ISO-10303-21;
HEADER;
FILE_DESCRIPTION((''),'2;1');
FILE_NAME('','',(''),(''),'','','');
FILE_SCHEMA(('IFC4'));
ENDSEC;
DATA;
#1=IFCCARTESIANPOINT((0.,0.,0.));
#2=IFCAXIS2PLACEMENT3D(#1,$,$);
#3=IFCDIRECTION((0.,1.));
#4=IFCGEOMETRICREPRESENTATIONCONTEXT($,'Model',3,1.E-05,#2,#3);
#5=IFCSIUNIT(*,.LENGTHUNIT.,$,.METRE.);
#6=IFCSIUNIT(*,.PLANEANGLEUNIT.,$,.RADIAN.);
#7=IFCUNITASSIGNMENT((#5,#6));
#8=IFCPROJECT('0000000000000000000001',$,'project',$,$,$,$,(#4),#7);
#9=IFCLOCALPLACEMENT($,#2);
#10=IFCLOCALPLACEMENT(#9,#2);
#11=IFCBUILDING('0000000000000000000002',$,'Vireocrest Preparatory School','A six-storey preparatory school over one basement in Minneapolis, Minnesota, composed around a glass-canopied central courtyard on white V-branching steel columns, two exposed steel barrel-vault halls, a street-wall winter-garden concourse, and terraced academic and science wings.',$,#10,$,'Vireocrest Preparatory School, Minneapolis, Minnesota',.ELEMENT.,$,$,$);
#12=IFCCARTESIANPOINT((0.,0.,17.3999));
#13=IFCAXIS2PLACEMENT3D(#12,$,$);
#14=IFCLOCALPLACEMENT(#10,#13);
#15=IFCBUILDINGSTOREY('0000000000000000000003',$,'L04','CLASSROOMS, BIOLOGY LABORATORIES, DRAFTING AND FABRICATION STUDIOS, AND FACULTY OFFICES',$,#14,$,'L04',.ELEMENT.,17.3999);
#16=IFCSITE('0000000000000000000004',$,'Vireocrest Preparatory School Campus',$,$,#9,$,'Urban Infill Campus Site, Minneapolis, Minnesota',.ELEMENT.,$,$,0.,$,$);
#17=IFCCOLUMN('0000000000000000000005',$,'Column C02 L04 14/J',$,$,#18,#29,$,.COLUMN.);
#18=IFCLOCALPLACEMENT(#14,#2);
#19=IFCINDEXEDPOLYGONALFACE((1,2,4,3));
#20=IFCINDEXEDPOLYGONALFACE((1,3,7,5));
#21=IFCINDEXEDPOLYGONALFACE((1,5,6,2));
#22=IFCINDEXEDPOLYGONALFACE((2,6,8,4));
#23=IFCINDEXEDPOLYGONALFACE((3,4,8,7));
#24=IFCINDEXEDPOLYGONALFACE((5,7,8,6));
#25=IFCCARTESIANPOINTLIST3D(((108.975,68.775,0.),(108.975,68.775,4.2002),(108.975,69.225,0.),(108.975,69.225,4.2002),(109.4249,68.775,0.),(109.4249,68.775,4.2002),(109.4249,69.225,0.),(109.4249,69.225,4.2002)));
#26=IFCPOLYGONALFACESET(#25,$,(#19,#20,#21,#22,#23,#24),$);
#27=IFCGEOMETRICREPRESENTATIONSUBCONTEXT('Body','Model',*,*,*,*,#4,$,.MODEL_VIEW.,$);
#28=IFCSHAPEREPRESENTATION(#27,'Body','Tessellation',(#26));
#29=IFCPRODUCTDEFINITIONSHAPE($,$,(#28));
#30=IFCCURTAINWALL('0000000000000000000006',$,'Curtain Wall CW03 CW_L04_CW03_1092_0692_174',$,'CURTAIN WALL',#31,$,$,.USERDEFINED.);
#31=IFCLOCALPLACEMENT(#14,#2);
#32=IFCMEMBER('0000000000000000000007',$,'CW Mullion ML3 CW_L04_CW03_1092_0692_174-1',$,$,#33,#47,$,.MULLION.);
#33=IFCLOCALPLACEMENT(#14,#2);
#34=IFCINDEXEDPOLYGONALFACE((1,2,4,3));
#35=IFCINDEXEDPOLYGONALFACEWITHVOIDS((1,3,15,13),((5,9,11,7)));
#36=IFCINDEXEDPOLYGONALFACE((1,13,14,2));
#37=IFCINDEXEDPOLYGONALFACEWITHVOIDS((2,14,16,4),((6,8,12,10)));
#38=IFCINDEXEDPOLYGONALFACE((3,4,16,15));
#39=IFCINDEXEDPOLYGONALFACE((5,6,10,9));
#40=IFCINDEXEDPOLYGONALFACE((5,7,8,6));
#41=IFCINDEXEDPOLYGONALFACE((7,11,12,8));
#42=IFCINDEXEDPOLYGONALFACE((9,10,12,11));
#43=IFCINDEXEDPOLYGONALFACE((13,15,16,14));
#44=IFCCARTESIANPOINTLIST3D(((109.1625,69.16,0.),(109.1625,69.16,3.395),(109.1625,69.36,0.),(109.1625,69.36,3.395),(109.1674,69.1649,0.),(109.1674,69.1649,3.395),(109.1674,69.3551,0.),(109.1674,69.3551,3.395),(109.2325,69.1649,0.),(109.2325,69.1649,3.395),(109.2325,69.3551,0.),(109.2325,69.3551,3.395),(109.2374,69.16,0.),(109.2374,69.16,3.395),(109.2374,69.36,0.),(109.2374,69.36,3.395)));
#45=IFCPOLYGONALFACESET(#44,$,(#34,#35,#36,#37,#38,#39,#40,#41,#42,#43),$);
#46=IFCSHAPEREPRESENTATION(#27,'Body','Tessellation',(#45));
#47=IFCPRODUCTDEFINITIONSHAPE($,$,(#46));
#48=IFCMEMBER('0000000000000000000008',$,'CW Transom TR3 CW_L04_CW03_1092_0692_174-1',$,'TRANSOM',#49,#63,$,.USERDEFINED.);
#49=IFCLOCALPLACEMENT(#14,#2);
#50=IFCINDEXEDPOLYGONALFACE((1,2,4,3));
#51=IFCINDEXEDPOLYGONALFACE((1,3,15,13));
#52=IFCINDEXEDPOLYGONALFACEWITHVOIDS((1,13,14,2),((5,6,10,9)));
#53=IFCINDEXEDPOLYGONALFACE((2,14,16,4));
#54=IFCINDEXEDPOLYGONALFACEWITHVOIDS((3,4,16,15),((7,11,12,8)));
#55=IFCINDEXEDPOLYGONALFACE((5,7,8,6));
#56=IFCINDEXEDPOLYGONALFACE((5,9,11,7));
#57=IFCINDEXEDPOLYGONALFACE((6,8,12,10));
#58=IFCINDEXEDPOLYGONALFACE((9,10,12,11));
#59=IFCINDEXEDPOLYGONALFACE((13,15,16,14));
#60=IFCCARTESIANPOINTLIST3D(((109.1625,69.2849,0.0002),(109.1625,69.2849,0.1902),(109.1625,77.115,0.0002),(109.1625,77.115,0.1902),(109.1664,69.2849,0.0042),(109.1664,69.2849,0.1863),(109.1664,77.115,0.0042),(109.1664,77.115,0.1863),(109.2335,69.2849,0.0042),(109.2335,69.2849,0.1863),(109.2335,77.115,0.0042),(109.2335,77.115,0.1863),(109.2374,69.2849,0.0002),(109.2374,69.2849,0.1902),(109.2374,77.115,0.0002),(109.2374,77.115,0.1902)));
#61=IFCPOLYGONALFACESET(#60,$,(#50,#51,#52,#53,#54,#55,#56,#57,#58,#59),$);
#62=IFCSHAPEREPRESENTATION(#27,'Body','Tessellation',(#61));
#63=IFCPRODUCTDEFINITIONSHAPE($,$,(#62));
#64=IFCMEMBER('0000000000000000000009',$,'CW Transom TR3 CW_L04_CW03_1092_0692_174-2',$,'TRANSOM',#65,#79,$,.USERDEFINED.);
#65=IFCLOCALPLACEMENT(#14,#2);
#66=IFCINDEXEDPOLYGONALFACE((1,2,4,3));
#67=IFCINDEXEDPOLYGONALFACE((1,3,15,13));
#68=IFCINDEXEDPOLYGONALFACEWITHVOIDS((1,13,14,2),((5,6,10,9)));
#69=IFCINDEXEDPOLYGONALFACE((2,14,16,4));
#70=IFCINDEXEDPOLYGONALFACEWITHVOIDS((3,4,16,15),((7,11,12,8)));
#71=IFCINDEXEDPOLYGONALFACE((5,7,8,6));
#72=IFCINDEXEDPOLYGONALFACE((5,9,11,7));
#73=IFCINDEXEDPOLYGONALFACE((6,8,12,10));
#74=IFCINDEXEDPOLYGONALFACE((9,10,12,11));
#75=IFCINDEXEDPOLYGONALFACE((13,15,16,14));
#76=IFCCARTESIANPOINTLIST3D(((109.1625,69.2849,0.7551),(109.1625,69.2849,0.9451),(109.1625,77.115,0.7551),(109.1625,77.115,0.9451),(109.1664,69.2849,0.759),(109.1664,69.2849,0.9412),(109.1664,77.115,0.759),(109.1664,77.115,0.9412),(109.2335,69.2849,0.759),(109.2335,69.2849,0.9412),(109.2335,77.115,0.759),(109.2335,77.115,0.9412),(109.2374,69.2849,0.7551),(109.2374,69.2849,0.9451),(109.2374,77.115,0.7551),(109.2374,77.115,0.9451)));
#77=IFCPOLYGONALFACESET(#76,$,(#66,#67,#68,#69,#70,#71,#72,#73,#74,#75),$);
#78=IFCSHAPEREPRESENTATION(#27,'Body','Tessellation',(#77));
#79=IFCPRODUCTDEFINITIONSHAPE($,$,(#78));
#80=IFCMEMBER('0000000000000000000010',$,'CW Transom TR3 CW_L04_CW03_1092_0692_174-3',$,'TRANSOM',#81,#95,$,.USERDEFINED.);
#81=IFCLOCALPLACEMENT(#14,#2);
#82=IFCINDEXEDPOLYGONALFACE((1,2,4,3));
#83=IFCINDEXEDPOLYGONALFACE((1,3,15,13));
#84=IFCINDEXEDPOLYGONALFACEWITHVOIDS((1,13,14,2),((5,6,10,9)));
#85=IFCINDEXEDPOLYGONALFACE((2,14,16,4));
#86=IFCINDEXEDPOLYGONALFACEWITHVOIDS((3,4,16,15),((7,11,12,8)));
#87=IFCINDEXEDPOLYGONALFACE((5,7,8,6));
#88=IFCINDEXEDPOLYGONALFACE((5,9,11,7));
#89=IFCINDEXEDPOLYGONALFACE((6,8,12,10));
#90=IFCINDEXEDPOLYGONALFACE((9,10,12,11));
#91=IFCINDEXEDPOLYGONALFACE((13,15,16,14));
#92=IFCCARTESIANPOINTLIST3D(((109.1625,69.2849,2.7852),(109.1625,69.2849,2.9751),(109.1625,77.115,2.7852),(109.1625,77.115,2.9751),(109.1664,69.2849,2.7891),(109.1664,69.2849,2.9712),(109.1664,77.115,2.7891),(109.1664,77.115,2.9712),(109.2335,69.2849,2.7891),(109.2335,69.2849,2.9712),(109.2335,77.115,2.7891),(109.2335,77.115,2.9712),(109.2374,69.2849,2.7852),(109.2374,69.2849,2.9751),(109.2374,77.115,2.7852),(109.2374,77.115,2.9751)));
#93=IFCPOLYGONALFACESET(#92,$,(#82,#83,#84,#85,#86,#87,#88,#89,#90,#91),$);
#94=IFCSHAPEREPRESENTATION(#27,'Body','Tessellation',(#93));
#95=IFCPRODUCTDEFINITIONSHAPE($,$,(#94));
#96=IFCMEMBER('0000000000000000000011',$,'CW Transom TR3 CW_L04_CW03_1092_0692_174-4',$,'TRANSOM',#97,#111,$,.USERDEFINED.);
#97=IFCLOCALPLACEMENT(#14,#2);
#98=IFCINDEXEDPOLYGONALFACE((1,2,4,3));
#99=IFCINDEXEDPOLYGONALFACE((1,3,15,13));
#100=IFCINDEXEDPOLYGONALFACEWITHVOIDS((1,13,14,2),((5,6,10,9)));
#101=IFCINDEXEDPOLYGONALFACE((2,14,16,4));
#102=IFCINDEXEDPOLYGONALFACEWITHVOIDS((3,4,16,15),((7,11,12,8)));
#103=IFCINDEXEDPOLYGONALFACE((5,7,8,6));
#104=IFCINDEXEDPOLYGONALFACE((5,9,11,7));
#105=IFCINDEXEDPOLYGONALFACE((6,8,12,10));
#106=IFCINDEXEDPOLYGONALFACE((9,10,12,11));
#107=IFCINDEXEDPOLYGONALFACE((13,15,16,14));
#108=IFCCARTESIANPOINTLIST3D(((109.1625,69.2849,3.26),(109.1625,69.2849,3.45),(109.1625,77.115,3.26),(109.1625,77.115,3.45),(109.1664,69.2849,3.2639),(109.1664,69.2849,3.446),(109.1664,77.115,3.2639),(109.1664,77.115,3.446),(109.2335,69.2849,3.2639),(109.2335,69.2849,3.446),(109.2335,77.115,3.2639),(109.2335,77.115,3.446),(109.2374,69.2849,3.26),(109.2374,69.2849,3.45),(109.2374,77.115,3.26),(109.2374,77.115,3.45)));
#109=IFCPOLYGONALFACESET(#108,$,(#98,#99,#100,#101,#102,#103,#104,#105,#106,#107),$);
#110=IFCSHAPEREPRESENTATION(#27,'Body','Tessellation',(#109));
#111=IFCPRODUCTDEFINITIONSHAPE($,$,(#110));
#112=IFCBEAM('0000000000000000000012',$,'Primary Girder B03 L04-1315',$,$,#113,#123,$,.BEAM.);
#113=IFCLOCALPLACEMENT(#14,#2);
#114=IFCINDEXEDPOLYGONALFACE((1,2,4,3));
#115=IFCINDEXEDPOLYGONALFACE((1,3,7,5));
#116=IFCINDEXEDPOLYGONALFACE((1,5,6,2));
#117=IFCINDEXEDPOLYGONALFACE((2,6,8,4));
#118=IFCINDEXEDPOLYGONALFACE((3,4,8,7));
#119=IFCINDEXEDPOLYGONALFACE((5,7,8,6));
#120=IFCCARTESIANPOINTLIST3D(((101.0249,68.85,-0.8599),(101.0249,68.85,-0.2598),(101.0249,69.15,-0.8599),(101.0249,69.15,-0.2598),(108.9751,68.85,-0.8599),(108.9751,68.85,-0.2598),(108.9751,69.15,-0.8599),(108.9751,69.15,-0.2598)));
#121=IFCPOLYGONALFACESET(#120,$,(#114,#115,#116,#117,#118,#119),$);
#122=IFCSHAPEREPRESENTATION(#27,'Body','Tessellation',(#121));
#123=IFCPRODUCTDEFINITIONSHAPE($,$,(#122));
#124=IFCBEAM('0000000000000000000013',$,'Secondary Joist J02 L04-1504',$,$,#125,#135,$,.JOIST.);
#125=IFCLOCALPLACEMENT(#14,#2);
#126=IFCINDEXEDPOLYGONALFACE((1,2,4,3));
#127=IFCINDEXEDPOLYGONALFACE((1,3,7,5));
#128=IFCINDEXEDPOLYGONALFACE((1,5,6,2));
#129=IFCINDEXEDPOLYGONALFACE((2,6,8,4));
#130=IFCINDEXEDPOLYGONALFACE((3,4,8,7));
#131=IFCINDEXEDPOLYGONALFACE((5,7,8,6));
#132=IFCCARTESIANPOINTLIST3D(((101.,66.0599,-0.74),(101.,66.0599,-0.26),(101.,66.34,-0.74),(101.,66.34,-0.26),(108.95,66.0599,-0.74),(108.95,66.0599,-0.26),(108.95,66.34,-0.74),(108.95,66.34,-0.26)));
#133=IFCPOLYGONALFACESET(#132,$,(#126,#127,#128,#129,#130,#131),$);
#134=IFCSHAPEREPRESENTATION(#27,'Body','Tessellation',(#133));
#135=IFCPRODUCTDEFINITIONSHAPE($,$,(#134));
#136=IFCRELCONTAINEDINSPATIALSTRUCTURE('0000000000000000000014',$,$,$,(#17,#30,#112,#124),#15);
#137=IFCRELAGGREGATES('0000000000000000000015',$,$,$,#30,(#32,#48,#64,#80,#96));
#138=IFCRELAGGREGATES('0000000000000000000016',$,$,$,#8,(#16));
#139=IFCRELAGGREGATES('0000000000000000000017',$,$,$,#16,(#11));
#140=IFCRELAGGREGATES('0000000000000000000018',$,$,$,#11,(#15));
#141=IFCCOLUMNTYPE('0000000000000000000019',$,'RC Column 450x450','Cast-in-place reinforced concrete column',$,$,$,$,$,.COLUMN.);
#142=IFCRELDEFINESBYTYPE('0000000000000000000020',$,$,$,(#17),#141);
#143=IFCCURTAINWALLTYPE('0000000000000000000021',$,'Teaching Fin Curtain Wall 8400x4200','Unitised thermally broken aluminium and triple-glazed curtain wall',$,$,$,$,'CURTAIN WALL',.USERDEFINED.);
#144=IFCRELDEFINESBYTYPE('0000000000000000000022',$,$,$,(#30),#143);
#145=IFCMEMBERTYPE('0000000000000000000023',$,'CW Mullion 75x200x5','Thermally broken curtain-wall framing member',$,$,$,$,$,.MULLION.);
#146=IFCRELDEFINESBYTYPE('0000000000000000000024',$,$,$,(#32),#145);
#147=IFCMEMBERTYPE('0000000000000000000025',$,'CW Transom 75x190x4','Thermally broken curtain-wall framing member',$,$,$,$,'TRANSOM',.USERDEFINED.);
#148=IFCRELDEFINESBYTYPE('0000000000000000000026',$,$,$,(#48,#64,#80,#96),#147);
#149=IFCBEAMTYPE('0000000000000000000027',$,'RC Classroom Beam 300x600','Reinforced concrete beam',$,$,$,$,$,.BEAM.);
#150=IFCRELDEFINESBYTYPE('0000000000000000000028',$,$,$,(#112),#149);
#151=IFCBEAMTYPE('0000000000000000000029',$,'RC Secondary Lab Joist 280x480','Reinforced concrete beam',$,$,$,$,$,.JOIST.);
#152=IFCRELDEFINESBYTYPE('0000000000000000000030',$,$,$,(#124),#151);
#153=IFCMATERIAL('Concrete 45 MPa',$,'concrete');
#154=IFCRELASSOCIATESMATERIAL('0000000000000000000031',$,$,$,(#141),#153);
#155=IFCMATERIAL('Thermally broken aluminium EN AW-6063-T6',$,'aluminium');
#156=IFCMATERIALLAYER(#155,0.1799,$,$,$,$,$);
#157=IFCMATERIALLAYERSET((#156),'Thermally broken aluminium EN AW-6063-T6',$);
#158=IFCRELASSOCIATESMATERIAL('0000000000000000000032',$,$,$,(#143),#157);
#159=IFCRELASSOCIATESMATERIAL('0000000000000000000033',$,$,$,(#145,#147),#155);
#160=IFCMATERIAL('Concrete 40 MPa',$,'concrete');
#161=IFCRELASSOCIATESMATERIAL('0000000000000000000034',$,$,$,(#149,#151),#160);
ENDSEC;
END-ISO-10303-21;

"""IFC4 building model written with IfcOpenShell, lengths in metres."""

from ifc_helpers import new_model, si_unit, direction, frame, origin, origin_2d, place, context, subcontext, project, spatial, rectangle, hollow_rectangle, extrude, material, layer, layer_set, material_profile, profile_set, type_object, element, aggregate, save


model = new_model("IFC4")

# Units and contexts
model_context = context("Model", 3, precision=1e-05, world=origin(), true_north=direction((0.0, 1.0)))
body_context = subcontext(model_context, "Body", "Model", "MODEL_VIEW")
ifc_project = project(units=[si_unit("LENGTHUNIT", "METRE"), si_unit("PLANEANGLEUNIT", "RADIAN")], contexts=[model_context])

# Site, building, storey
site_placement = place(None, origin())
site = spatial("IfcSite", under=ifc_project, at=site_placement, Name="Vireocrest Preparatory School Campus", LongName="Urban Infill Campus Site, Minneapolis, Minnesota", CompositionType="ELEMENT", RefElevation=0.0)
building_placement = place(site_placement, origin())
building = spatial("IfcBuilding", under=site, at=building_placement, Name="Vireocrest Preparatory School", Description="A six-storey preparatory school over one basement in Minneapolis, Minnesota, composed around a glass-canopied central courtyard on white V-branching steel columns, two exposed steel barrel-vault halls, a street-wall winter-garden concourse, and terraced academic and science wings.", LongName="Vireocrest Preparatory School, Minneapolis, Minnesota", CompositionType="ELEMENT")
storey_placement = place(building_placement, frame((0.0, 0.0, 17.3999)))
storey = spatial("IfcBuildingStorey", under=building, at=storey_placement, Name="L04", Description="CLASSROOMS, BIOLOGY LABORATORIES, DRAFTING AND FABRICATION STUDIOS, AND FACULTY OFFICES", LongName="L04", CompositionType="ELEMENT", Elevation=17.3999)

# Column
ifc_material_1 = material(Name="Concrete 45 MPa", Category="concrete")
ifc_material_profile_1 = material_profile(ifc_material_1, rectangle(XDim=0.45, YDim=0.45, at=origin_2d()), Name="RC 450x450")
ifc_profile_set_1 = profile_set([ifc_material_profile_1], Name="Concrete 45 MPa")
column_type = type_object("IfcColumnType", Name="RC Column 450x450", Description="Cast-in-place reinforced concrete column", PredefinedType="COLUMN", material=ifc_profile_set_1)
column_placement = place(storey_placement, frame((109.2, 69.0, 0.0), z_axis=(0.0, 0.0, 1.0), x_axis=(1.0, 0.0, 0.0)))
element("IfcColumn", 1, at=column_placement, inside=storey, type_object=column_type, Name="Column C02 L04 14/J", PredefinedType="COLUMN", context=body_context, shape_type="SweptSolid", body=[
    extrude(rectangle(XDim=0.45, YDim=0.45, at=origin_2d()), origin(), (0.0, 0.0, 1.0), 4.2002),
])

# Curtain wall, members
ifc_material_2 = material(Name="Thermally broken aluminium EN AW-6063-T6", Category="aluminium")
ifc_layer_1 = layer(ifc_material_2, 0.1799)
ifc_layer_set_1 = layer_set([ifc_layer_1], Name="Thermally broken aluminium EN AW-6063-T6")
curtain_wall_type = type_object("IfcCurtainWallType", Name="Teaching Fin Curtain Wall 8400x4200", Description="Unitised thermally broken aluminium and triple-glazed curtain wall", ElementType="CURTAIN WALL", PredefinedType="USERDEFINED", material=ifc_layer_set_1)
curtain_wall_placement = place(storey_placement, origin())
curtain_wall = element("IfcCurtainWall", 2, at=curtain_wall_placement, inside=storey, type_object=curtain_wall_type, Name="Curtain Wall CW03 CW_L04_CW03_1092_0692_174", ObjectType="CURTAIN WALL", PredefinedType="USERDEFINED")
ifc_material_profile_2 = material_profile(ifc_material_2, hollow_rectangle(XDim=0.075, YDim=0.2, WallThickness=0.0049, at=origin_2d()), Name="ALU 75x200x5")
ifc_profile_set_2 = profile_set([ifc_material_profile_2], Name="Thermally broken aluminium EN AW-6063-T6")
member_type_1 = type_object("IfcMemberType", Name="CW Mullion 75x200x5", Description="Thermally broken curtain-wall framing member", PredefinedType="MULLION", material=ifc_profile_set_2)
member_1_placement = place(storey_placement, frame((109.2, 69.26, 0.0), z_axis=(0.0, 0.0, 1.0), x_axis=(1.0, 0.0, 0.0)))
member_1 = element("IfcMember", 3, at=member_1_placement, type_object=member_type_1, Name="CW Mullion ML3 CW_L04_CW03_1092_0692_174-1", PredefinedType="MULLION", context=body_context, shape_type="SweptSolid", body=[
    extrude(hollow_rectangle(XDim=0.075, YDim=0.2, WallThickness=0.0049, at=origin_2d()), origin(), (0.0, 0.0, 1.0), 3.395),
])
ifc_material_profile_3 = material_profile(ifc_material_2, hollow_rectangle(XDim=0.075, YDim=0.1899, WallThickness=0.0039, at=origin_2d()), Name="ALU 75x190x4")
ifc_profile_set_3 = profile_set([ifc_material_profile_3], Name="Thermally broken aluminium EN AW-6063-T6")
member_type_2 = type_object("IfcMemberType", Name="CW Transom 75x190x4", Description="Thermally broken curtain-wall framing member", ElementType="TRANSOM", PredefinedType="USERDEFINED", material=ifc_profile_set_3)
member_2_placement = place(storey_placement, frame((109.2, 69.2849, 0.0952), z_axis=(0.0, 1.0, 0.0), x_axis=(-1.0, 0.0, 0.0)))
member_2 = element("IfcMember", 4, at=member_2_placement, type_object=member_type_2, Name="CW Transom TR3 CW_L04_CW03_1092_0692_174-1", ObjectType="TRANSOM", PredefinedType="USERDEFINED", context=body_context, shape_type="SweptSolid", body=[
    extrude(hollow_rectangle(XDim=0.075, YDim=0.1899, WallThickness=0.0039, at=origin_2d()), origin(), (0.0, 0.0, 1.0), 7.8301),
])
member_3_placement = place(storey_placement, frame((109.2, 69.2849, 0.8501), z_axis=(0.0, 1.0, 0.0), x_axis=(-1.0, 0.0, 0.0)))
member_3 = element("IfcMember", 5, at=member_3_placement, type_object=member_type_2, Name="CW Transom TR3 CW_L04_CW03_1092_0692_174-2", ObjectType="TRANSOM", PredefinedType="USERDEFINED", context=body_context, shape_type="SweptSolid", body=[
    extrude(hollow_rectangle(XDim=0.075, YDim=0.1899, WallThickness=0.0039, at=origin_2d()), origin(), (0.0, 0.0, 1.0), 7.8301),
])
member_4_placement = place(storey_placement, frame((109.2, 69.2849, 2.8801), z_axis=(0.0, 1.0, 0.0), x_axis=(-1.0, 0.0, 0.0)))
member_4 = element("IfcMember", 6, at=member_4_placement, type_object=member_type_2, Name="CW Transom TR3 CW_L04_CW03_1092_0692_174-3", ObjectType="TRANSOM", PredefinedType="USERDEFINED", context=body_context, shape_type="SweptSolid", body=[
    extrude(hollow_rectangle(XDim=0.075, YDim=0.1899, WallThickness=0.0039, at=origin_2d()), origin(), (0.0, 0.0, 1.0), 7.8301),
])
member_5_placement = place(storey_placement, frame((109.2, 69.2849, 3.355), z_axis=(0.0, 1.0, 0.0), x_axis=(-1.0, 0.0, 0.0)))
member_5 = element("IfcMember", 7, at=member_5_placement, type_object=member_type_2, Name="CW Transom TR3 CW_L04_CW03_1092_0692_174-4", ObjectType="TRANSOM", PredefinedType="USERDEFINED", context=body_context, shape_type="SweptSolid", body=[
    extrude(hollow_rectangle(XDim=0.075, YDim=0.1899, WallThickness=0.0039, at=origin_2d()), origin(), (0.0, 0.0, 1.0), 7.8301),
])
aggregate(curtain_wall, [member_1, member_2, member_3, member_4, member_5])

# Beams
ifc_material_3 = material(Name="Concrete 40 MPa", Category="concrete")
ifc_material_profile_4 = material_profile(ifc_material_3, rectangle(XDim=0.3, YDim=0.6001, at=origin_2d()), Name="RC 300x600")
ifc_profile_set_4 = profile_set([ifc_material_profile_4], Name="Concrete 40 MPa")
beam_type_1 = type_object("IfcBeamType", Name="RC Classroom Beam 300x600", Description="Reinforced concrete beam", PredefinedType="BEAM", material=ifc_profile_set_4)
beam_1_placement = place(storey_placement, frame((101.0249, 69.0, -0.5598), z_axis=(1.0, 0.0, 0.0), x_axis=(0.0, 1.0, 0.0)))
element("IfcBeam", 8, at=beam_1_placement, inside=storey, type_object=beam_type_1, Name="Primary Girder B03 L04-1315", PredefinedType="BEAM", context=body_context, shape_type="SweptSolid", body=[
    extrude(rectangle(XDim=0.3, YDim=0.6001, at=origin_2d()), origin(), (0.0, 0.0, 1.0), 7.9502),
])
ifc_material_profile_5 = material_profile(ifc_material_3, rectangle(XDim=0.28, YDim=0.48, at=origin_2d()), Name="RC 280x480")
ifc_profile_set_5 = profile_set([ifc_material_profile_5], Name="Concrete 40 MPa")
beam_type_2 = type_object("IfcBeamType", Name="RC Secondary Lab Joist 280x480", Description="Reinforced concrete beam", PredefinedType="JOIST", material=ifc_profile_set_5)
beam_2_placement = place(storey_placement, frame((101.0, 66.2, -0.5), z_axis=(1.0, 0.0, 0.0), x_axis=(0.0, 1.0, 0.0)))
element("IfcBeam", 9, at=beam_2_placement, inside=storey, type_object=beam_type_2, Name="Secondary Joist J02 L04-1504", PredefinedType="JOIST", context=body_context, shape_type="SweptSolid", body=[
    extrude(rectangle(XDim=0.28, YDim=0.48, at=origin_2d()), origin(), (0.0, 0.0, 1.0), 7.95),
])

save(model, "model.ifc")
